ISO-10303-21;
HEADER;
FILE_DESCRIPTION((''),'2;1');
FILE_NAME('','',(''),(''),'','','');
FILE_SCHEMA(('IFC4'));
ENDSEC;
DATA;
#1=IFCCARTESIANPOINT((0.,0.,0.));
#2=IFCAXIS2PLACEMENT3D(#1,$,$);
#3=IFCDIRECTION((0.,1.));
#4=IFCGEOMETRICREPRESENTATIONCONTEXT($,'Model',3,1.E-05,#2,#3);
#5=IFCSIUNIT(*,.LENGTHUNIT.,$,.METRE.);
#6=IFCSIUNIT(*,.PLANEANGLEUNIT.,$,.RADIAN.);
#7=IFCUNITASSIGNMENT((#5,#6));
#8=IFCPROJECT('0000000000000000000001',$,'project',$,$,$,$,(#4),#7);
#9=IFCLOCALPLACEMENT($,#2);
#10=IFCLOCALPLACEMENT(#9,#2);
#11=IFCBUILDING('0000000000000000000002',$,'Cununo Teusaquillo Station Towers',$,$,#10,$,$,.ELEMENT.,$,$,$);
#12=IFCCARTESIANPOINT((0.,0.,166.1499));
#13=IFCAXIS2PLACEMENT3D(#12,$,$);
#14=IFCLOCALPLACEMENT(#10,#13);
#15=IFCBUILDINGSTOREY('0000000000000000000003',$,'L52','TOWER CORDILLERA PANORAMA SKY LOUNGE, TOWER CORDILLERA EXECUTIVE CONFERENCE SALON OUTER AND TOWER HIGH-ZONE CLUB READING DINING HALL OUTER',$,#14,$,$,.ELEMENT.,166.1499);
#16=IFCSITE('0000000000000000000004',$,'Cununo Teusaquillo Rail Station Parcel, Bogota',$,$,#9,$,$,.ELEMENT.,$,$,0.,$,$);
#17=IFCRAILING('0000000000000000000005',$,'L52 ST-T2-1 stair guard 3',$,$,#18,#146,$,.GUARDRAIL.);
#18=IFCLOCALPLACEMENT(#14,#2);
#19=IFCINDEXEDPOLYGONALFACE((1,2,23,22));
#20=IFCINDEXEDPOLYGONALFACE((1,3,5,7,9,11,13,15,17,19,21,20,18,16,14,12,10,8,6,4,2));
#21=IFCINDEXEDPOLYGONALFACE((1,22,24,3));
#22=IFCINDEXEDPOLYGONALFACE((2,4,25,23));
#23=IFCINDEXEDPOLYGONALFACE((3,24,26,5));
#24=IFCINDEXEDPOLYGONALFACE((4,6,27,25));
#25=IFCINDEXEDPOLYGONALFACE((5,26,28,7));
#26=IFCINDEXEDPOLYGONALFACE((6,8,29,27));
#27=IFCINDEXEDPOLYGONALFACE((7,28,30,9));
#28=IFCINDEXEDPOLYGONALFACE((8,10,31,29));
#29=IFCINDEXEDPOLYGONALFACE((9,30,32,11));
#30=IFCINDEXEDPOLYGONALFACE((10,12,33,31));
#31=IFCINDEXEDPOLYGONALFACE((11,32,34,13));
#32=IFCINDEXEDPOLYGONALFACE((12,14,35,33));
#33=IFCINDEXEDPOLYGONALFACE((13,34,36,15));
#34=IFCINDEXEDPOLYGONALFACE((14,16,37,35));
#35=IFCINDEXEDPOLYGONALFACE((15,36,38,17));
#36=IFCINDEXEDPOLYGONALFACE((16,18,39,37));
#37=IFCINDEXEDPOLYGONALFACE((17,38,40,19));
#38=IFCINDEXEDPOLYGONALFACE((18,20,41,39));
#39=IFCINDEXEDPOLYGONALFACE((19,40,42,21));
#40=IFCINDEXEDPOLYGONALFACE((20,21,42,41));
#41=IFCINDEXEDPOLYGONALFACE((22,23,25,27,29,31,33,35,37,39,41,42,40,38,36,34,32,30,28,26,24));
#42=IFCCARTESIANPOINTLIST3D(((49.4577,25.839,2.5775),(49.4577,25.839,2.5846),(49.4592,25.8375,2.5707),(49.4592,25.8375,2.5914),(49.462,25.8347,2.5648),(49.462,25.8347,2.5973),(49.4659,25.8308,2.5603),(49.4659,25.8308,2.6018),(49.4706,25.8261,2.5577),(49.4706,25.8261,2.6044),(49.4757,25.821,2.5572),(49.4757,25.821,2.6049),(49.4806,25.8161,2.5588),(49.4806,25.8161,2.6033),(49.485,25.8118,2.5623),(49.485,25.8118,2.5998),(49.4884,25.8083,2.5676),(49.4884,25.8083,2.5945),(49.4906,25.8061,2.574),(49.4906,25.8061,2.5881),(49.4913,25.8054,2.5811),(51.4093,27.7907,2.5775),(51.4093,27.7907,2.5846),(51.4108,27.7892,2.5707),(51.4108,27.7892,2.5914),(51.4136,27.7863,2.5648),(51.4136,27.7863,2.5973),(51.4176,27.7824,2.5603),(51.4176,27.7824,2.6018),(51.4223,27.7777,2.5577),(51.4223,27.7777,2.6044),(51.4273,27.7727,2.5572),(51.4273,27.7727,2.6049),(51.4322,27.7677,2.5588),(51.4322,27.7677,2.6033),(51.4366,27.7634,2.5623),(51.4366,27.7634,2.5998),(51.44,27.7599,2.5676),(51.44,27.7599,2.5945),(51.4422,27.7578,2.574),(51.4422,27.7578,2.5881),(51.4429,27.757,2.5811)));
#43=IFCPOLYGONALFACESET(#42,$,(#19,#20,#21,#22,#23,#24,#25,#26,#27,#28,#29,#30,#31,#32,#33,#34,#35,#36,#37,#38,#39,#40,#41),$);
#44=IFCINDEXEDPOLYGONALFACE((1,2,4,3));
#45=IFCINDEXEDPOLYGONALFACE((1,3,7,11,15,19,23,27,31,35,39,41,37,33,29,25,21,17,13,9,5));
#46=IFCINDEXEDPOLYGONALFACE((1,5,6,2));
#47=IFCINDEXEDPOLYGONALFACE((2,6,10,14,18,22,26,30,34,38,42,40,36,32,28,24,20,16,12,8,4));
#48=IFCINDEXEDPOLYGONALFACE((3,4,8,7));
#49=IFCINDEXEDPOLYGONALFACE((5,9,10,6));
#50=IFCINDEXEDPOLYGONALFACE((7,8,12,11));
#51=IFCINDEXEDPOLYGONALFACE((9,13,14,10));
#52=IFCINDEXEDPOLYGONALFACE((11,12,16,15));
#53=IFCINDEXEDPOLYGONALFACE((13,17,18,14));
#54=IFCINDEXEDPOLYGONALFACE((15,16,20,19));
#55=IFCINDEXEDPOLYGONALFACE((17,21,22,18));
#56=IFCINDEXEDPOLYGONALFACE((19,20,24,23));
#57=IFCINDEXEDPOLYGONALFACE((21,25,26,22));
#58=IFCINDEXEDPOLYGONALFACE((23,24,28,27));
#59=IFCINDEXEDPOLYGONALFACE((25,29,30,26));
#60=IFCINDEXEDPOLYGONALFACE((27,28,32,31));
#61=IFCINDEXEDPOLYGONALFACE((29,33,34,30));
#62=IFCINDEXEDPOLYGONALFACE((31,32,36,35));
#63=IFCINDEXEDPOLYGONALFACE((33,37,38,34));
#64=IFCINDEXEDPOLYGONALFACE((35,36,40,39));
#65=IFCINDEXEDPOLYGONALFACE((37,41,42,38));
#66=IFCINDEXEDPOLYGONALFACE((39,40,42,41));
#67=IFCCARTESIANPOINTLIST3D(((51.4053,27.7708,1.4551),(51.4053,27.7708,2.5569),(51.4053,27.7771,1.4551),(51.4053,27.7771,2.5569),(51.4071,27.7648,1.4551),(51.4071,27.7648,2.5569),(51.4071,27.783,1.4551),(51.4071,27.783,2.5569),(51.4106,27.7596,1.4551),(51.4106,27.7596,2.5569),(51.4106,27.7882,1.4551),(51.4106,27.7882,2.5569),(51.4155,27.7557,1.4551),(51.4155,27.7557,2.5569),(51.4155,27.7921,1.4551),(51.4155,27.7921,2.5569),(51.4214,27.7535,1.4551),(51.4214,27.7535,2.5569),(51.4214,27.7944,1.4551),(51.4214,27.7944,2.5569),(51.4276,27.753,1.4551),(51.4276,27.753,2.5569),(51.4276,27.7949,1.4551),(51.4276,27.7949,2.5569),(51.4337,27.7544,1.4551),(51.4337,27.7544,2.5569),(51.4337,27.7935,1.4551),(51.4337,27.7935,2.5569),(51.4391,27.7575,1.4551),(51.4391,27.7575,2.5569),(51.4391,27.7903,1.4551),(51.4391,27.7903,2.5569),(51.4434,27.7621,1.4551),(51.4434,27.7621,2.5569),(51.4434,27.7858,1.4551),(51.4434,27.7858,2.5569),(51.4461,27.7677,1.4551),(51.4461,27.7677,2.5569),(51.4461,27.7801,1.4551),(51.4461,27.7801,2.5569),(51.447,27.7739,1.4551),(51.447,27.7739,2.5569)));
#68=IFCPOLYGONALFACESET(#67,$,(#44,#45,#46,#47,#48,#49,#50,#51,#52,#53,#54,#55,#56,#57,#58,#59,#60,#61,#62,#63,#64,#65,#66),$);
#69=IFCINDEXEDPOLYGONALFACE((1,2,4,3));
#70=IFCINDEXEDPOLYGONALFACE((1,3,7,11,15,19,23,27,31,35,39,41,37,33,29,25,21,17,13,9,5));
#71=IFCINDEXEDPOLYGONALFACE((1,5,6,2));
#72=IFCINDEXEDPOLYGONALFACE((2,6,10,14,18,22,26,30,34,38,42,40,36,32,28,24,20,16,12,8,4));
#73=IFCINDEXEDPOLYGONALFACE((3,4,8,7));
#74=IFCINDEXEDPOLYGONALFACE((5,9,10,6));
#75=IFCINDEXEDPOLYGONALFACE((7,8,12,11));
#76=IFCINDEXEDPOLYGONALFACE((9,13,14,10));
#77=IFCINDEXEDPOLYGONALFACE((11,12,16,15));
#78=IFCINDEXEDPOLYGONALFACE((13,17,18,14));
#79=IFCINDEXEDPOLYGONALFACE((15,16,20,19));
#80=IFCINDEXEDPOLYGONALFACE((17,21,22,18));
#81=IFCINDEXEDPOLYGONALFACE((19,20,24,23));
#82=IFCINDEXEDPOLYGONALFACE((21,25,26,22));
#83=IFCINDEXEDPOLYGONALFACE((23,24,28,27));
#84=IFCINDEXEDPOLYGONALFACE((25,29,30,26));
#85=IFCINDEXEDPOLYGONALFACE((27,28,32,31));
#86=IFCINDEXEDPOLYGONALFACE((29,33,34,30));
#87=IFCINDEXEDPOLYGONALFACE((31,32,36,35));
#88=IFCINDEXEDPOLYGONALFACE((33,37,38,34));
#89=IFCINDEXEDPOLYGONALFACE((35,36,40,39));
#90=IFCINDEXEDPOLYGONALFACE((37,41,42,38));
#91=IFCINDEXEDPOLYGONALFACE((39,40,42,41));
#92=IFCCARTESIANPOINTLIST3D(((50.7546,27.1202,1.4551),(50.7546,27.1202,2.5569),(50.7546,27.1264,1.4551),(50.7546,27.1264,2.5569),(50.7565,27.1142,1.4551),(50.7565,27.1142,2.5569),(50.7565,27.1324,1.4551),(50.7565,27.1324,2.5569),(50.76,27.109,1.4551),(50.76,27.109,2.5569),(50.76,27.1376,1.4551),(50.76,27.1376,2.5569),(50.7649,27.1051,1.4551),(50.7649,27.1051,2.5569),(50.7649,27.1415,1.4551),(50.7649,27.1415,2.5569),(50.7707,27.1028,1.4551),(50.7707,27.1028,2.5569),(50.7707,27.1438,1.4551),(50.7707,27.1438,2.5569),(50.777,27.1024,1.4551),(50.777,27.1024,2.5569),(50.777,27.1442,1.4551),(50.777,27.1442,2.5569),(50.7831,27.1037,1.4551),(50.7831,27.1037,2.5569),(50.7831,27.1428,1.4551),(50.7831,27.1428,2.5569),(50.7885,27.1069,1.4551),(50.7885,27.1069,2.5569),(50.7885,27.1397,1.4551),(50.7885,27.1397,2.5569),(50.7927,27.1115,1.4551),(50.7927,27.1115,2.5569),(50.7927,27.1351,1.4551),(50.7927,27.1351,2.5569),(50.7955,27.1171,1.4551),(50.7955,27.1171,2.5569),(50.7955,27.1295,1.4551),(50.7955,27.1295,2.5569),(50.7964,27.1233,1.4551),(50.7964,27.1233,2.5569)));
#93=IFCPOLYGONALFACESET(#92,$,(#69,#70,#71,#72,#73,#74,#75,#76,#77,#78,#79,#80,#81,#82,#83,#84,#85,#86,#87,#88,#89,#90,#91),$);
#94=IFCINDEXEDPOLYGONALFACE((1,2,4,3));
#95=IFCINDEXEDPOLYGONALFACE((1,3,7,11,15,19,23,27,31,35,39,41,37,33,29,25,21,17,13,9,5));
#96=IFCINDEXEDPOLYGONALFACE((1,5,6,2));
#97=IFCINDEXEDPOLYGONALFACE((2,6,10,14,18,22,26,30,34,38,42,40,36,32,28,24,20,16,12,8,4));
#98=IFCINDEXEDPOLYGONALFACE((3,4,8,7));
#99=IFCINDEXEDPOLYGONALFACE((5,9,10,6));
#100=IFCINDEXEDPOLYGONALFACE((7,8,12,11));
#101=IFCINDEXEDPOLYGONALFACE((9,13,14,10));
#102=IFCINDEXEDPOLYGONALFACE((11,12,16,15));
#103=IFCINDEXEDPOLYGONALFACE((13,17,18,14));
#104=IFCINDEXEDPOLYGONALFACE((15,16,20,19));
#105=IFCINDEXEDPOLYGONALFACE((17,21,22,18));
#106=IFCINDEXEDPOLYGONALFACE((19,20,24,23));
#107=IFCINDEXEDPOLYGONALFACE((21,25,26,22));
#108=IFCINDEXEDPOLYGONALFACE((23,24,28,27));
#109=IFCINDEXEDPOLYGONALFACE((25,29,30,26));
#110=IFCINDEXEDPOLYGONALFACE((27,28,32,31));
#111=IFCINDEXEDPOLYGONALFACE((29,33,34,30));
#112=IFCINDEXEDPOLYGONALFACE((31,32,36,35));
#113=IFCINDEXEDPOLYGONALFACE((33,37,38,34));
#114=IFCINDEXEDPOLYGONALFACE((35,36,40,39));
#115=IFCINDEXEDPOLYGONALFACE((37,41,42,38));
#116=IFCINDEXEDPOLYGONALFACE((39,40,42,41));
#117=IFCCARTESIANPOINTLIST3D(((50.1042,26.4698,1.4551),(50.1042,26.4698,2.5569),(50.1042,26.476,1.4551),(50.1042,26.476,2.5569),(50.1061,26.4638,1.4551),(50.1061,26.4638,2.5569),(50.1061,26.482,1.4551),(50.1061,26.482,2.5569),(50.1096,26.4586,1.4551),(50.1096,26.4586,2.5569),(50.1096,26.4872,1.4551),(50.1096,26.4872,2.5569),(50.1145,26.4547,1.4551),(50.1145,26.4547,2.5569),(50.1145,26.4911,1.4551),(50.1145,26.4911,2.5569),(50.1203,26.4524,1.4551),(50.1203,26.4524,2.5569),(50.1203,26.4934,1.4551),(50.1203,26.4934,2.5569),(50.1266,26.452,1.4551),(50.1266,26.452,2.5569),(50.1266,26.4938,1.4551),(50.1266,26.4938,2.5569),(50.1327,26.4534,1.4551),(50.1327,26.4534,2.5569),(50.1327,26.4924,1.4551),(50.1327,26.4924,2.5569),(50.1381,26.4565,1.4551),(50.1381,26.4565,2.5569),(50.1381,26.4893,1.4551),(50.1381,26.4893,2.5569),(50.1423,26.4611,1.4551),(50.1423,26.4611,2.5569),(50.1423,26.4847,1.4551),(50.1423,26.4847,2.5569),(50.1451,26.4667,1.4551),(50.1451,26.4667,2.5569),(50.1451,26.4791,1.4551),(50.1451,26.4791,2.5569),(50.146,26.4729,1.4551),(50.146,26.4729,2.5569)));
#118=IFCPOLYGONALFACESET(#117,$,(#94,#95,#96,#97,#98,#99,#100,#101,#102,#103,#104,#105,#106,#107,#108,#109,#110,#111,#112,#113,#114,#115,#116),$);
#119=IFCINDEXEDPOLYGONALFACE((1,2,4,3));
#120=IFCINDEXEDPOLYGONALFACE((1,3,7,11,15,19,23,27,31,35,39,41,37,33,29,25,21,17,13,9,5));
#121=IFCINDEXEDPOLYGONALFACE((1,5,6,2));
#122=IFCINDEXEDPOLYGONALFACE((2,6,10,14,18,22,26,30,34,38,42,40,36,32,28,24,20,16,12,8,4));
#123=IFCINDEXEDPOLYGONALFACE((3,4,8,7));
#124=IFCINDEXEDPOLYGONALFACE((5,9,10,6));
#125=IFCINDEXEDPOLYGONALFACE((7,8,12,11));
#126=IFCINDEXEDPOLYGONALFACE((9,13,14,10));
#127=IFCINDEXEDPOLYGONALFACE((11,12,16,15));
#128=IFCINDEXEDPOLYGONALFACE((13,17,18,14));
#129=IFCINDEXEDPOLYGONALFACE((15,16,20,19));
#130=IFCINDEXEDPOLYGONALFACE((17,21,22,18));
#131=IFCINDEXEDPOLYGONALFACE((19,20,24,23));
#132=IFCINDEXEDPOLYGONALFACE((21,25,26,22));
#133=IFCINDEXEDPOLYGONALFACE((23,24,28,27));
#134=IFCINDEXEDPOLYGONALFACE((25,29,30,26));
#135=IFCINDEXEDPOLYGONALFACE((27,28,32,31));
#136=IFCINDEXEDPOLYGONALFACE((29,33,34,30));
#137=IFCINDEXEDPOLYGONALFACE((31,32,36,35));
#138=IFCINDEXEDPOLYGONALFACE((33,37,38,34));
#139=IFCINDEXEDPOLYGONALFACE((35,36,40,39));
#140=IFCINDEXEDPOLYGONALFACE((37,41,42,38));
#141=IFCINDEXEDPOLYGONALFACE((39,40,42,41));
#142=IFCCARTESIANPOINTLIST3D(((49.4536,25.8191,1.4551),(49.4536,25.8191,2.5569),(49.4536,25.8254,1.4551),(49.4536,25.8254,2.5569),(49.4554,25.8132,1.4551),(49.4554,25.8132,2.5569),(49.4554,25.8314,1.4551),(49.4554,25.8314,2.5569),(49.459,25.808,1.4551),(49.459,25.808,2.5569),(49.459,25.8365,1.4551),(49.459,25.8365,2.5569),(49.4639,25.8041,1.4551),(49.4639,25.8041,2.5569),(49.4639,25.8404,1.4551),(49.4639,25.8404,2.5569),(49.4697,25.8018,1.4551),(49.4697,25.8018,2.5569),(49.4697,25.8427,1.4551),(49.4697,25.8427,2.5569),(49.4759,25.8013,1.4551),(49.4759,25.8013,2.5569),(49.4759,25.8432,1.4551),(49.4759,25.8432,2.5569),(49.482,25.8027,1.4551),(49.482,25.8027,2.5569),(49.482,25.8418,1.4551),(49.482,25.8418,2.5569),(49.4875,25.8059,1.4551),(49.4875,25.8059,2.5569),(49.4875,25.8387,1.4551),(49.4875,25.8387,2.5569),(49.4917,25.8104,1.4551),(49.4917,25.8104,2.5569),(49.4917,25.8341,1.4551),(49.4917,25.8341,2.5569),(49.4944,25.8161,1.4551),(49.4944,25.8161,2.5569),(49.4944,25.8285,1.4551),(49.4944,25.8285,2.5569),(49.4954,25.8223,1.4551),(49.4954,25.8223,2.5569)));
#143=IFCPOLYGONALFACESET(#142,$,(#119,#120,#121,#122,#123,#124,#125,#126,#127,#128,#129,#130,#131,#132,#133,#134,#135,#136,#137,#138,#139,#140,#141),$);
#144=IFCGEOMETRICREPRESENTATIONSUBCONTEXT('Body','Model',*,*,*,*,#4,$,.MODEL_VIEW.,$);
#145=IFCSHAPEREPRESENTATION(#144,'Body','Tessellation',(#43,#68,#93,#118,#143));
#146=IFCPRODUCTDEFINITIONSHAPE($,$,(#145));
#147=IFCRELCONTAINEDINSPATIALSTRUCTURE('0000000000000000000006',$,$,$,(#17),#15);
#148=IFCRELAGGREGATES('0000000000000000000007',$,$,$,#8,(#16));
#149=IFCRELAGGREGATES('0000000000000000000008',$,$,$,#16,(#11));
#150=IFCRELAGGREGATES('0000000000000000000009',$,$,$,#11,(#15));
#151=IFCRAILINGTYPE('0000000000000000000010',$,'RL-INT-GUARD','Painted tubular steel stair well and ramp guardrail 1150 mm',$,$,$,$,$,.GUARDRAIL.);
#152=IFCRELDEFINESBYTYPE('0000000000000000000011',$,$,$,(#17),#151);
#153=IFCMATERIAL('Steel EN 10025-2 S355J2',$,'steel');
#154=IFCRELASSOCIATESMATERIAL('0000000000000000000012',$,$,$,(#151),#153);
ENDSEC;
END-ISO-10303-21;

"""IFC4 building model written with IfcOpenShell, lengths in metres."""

from ifc_helpers import new_model, si_unit, direction, frame, origin, origin_2d, place, context, subcontext, project, spatial, circle, extrude, material, type_object, element, save


model = new_model("IFC4")

# Units and contexts
model_context = context("Model", 3, precision=1e-05, world=origin(), true_north=direction((0.0, 1.0)))
body_context = subcontext(model_context, "Body", "Model", "MODEL_VIEW")
ifc_project = project(units=[si_unit("LENGTHUNIT", "METRE"), si_unit("PLANEANGLEUNIT", "RADIAN")], contexts=[model_context])

# Site, building, storey
site_placement = place(None, origin())
site = spatial("IfcSite", under=ifc_project, at=site_placement, Name="Cununo Teusaquillo Rail Station Parcel, Bogota", CompositionType="ELEMENT", RefElevation=0.0)
building_placement = place(site_placement, origin())
building = spatial("IfcBuilding", under=site, at=building_placement, Name="Cununo Teusaquillo Station Towers", CompositionType="ELEMENT")
storey_placement = place(building_placement, frame((0.0, 0.0, 166.1499)))
storey = spatial("IfcBuildingStorey", under=building, at=storey_placement, Name="L52", Description="TOWER CORDILLERA PANORAMA SKY LOUNGE, TOWER CORDILLERA EXECUTIVE CONFERENCE SALON OUTER AND TOWER HIGH-ZONE CLUB READING DINING HALL OUTER", CompositionType="ELEMENT", Elevation=166.1499)

# Railing
ifc_material_1 = material(Name="Steel EN 10025-2 S355J2", Category="steel")
railing_type = type_object("IfcRailingType", Name="RL-INT-GUARD", Description="Painted tubular steel stair well and ramp guardrail 1150 mm", PredefinedType="GUARDRAIL", material=ifc_material_1)
railing_placement = place(storey_placement, frame((51.426, 27.7739, 1.4551)))
element("IfcRailing", 1, at=railing_placement, inside=storey, type_object=railing_type, Name="L52 ST-T2-1 stair guard 3", PredefinedType="GUARDRAIL", context=body_context, shape_type="SweptSolid", body=[
    extrude(circle(Radius=0.0239, at=origin_2d()), frame((0.0, 0.0, 1.126), z_axis=(-0.707107, -0.707107, 0.0), x_axis=(0.707107, -0.707107, 0.0)), (0.0, 0.0, 1.0), 2.76),
    extrude(circle(Radius=0.021, at=origin_2d()), origin(), (0.0, 0.0, 1.0), 1.1018),
    extrude(circle(Radius=0.021, at=origin_2d()), frame((-0.6506, -0.6506, 0.0)), (0.0, 0.0, 1.0), 1.1018),
    extrude(circle(Radius=0.021, at=origin_2d()), frame((-1.301, -1.301, 0.0)), (0.0, 0.0, 1.0), 1.1018),
    extrude(circle(Radius=0.021, at=origin_2d()), frame((-1.9517, -1.9517, 0.0)), (0.0, 0.0, 1.0), 1.1018),
])

save(model, "model.ifc")
